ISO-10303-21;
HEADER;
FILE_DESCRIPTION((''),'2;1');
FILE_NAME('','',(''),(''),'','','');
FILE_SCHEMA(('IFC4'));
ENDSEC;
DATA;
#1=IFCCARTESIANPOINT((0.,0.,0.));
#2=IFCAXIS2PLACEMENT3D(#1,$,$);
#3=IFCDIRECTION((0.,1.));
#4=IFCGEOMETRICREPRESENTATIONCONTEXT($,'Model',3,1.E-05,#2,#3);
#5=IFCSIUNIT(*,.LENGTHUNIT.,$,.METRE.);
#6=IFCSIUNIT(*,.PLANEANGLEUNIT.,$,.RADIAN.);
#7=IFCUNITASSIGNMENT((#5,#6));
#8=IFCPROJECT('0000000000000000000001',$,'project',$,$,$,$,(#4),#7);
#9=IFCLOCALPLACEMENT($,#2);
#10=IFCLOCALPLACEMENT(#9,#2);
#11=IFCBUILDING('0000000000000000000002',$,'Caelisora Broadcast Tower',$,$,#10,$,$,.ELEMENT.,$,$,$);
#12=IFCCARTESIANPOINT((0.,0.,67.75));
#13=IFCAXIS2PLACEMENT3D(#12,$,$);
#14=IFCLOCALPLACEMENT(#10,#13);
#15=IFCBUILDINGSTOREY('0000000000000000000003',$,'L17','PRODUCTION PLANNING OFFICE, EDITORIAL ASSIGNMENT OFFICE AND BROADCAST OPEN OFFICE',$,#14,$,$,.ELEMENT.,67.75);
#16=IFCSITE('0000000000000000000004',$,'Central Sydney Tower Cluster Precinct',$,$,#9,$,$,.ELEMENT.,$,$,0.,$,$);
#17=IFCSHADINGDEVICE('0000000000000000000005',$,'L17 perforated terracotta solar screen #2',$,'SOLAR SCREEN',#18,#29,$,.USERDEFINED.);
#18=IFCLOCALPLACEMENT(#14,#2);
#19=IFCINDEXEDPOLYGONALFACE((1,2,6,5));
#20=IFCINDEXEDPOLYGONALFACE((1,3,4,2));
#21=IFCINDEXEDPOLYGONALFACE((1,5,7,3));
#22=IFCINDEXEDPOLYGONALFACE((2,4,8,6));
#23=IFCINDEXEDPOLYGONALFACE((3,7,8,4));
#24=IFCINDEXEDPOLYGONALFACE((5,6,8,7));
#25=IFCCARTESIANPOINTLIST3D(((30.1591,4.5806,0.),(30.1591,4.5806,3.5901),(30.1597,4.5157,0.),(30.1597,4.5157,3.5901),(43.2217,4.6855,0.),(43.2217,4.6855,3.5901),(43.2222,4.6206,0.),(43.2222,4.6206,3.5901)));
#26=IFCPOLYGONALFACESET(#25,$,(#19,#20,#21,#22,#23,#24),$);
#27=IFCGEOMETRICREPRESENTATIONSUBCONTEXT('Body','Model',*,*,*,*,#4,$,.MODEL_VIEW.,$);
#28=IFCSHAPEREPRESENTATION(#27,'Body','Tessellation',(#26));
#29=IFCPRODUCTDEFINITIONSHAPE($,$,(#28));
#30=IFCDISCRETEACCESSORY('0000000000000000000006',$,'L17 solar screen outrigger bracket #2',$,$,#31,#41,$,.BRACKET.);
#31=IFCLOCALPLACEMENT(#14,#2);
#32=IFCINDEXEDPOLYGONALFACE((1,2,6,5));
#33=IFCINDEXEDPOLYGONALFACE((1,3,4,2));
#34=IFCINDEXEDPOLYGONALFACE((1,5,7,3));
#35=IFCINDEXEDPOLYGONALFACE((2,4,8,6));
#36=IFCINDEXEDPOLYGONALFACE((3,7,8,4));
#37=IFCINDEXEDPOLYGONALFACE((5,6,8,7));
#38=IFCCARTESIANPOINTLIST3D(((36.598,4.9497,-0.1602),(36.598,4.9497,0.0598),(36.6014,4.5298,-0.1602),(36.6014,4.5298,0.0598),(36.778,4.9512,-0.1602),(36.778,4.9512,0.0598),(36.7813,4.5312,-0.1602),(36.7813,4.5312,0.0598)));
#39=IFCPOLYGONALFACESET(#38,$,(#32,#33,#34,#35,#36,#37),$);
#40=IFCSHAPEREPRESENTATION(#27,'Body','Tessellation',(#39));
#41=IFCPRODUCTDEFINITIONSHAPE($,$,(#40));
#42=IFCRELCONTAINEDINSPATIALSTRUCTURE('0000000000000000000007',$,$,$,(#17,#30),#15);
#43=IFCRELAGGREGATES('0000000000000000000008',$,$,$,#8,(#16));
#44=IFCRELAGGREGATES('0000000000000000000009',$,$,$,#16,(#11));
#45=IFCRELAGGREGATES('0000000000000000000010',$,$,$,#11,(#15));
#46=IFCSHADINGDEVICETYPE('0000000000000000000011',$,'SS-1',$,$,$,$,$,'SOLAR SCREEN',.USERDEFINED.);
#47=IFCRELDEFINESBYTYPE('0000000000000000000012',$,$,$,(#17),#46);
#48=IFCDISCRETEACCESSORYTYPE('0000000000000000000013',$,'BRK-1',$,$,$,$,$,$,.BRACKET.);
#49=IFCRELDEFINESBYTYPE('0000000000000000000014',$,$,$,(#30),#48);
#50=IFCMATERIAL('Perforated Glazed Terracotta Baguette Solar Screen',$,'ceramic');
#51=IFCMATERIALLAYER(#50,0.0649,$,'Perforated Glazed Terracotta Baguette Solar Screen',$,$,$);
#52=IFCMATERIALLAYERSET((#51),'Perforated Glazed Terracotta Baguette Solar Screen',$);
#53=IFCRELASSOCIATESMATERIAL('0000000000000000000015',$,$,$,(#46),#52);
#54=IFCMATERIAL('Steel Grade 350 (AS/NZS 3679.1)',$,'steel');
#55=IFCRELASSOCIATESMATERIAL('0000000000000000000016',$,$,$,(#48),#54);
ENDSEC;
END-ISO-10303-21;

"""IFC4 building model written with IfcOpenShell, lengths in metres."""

from ifc_helpers import new_model, si_unit, direction, frame, origin, origin_2d, place, context, subcontext, project, spatial, rectangle, extrude, source, transform, mapped, material, layer, layer_set, type_object, type_shapes, element, save


model = new_model("IFC4")

# Units and contexts
model_context = context("Model", 3, precision=1e-05, world=origin(), true_north=direction((0.0, 1.0)))
body_context = subcontext(model_context, "Body", "Model", "MODEL_VIEW")
ifc_project = project(units=[si_unit("LENGTHUNIT", "METRE"), si_unit("PLANEANGLEUNIT", "RADIAN")], contexts=[model_context])

# Site, building, storey
site_placement = place(None, origin())
site = spatial("IfcSite", under=ifc_project, at=site_placement, Name="Central Sydney Tower Cluster Precinct", CompositionType="ELEMENT", RefElevation=0.0)
building_placement = place(site_placement, origin())
building = spatial("IfcBuilding", under=site, at=building_placement, Name="Caelisora Broadcast Tower", CompositionType="ELEMENT")
storey_placement = place(building_placement, frame((0.0, 0.0, 67.75)))
storey = spatial("IfcBuildingStorey", under=building, at=storey_placement, Name="L17", Description="PRODUCTION PLANNING OFFICE, EDITORIAL ASSIGNMENT OFFICE AND BROADCAST OPEN OFFICE", CompositionType="ELEMENT", Elevation=67.75)

# Shared definitions
ifc_material_1 = material(Name="Steel Grade 350 (AS/NZS 3679.1)", Category="steel")

# Shading device
ifc_material_2 = material(Name="Perforated Glazed Terracotta Baguette Solar Screen", Category="ceramic")
ifc_layer_1 = layer(ifc_material_2, 0.0649, Name="Perforated Glazed Terracotta Baguette Solar Screen")
ifc_layer_set_1 = layer_set([ifc_layer_1], Name="Perforated Glazed Terracotta Baguette Solar Screen")
shading_device_type = type_object("IfcShadingDeviceType", Name="SS-1", ElementType="SOLAR SCREEN", PredefinedType="USERDEFINED", material=ifc_layer_set_1)
shared_shape_1 = source(origin(), body_context, "Body", "SweptSolid", [
    extrude(rectangle(XDim=13.063, YDim=0.0649, at=origin_2d()), origin(), (0.0, 0.0, 1.0), 3.5901),
])
type_shapes(shading_device_type, [shared_shape_1])
shading_device_placement = place(storey_placement, frame((36.6907, 4.6006, 0.0), z_axis=(0.0, 0.0, 1.0), x_axis=(0.999968, 0.008028, 0.0)))
element("IfcShadingDevice", 1, at=shading_device_placement, inside=storey, type_object=shading_device_type, Name="L17 perforated terracotta solar screen #2", ObjectType="SOLAR SCREEN", PredefinedType="USERDEFINED", context=body_context, shape_type="MappedRepresentation", body=[
    mapped(shared_shape_1, transform((0.0, 0.0, 0.0), scale=1.0)),
])

# Discrete accessory
discrete_accessory_type = type_object("IfcDiscreteAccessoryType", Name="BRK-1", PredefinedType="BRACKET", material=ifc_material_1)
shared_shape_2 = source(origin(), body_context, "Body", "SweptSolid", [
    extrude(rectangle(XDim=0.1799, YDim=0.4199, at=origin_2d()), origin(), (0.0, 0.0, 1.0), 0.22),
])
type_shapes(discrete_accessory_type, [shared_shape_2])
discrete_accessory_placement = place(storey_placement, frame((36.6897, 4.7405, -0.1602), z_axis=(0.0, 0.0, 1.0), x_axis=(0.999968, 0.008028, 0.0)))
element("IfcDiscreteAccessory", 2, at=discrete_accessory_placement, inside=storey, type_object=discrete_accessory_type, Name="L17 solar screen outrigger bracket #2", PredefinedType="BRACKET", context=body_context, shape_type="MappedRepresentation", body=[
    mapped(shared_shape_2, transform((0.0, 0.0, 0.0), scale=1.0)),
])

save(model, "model.ifc")
